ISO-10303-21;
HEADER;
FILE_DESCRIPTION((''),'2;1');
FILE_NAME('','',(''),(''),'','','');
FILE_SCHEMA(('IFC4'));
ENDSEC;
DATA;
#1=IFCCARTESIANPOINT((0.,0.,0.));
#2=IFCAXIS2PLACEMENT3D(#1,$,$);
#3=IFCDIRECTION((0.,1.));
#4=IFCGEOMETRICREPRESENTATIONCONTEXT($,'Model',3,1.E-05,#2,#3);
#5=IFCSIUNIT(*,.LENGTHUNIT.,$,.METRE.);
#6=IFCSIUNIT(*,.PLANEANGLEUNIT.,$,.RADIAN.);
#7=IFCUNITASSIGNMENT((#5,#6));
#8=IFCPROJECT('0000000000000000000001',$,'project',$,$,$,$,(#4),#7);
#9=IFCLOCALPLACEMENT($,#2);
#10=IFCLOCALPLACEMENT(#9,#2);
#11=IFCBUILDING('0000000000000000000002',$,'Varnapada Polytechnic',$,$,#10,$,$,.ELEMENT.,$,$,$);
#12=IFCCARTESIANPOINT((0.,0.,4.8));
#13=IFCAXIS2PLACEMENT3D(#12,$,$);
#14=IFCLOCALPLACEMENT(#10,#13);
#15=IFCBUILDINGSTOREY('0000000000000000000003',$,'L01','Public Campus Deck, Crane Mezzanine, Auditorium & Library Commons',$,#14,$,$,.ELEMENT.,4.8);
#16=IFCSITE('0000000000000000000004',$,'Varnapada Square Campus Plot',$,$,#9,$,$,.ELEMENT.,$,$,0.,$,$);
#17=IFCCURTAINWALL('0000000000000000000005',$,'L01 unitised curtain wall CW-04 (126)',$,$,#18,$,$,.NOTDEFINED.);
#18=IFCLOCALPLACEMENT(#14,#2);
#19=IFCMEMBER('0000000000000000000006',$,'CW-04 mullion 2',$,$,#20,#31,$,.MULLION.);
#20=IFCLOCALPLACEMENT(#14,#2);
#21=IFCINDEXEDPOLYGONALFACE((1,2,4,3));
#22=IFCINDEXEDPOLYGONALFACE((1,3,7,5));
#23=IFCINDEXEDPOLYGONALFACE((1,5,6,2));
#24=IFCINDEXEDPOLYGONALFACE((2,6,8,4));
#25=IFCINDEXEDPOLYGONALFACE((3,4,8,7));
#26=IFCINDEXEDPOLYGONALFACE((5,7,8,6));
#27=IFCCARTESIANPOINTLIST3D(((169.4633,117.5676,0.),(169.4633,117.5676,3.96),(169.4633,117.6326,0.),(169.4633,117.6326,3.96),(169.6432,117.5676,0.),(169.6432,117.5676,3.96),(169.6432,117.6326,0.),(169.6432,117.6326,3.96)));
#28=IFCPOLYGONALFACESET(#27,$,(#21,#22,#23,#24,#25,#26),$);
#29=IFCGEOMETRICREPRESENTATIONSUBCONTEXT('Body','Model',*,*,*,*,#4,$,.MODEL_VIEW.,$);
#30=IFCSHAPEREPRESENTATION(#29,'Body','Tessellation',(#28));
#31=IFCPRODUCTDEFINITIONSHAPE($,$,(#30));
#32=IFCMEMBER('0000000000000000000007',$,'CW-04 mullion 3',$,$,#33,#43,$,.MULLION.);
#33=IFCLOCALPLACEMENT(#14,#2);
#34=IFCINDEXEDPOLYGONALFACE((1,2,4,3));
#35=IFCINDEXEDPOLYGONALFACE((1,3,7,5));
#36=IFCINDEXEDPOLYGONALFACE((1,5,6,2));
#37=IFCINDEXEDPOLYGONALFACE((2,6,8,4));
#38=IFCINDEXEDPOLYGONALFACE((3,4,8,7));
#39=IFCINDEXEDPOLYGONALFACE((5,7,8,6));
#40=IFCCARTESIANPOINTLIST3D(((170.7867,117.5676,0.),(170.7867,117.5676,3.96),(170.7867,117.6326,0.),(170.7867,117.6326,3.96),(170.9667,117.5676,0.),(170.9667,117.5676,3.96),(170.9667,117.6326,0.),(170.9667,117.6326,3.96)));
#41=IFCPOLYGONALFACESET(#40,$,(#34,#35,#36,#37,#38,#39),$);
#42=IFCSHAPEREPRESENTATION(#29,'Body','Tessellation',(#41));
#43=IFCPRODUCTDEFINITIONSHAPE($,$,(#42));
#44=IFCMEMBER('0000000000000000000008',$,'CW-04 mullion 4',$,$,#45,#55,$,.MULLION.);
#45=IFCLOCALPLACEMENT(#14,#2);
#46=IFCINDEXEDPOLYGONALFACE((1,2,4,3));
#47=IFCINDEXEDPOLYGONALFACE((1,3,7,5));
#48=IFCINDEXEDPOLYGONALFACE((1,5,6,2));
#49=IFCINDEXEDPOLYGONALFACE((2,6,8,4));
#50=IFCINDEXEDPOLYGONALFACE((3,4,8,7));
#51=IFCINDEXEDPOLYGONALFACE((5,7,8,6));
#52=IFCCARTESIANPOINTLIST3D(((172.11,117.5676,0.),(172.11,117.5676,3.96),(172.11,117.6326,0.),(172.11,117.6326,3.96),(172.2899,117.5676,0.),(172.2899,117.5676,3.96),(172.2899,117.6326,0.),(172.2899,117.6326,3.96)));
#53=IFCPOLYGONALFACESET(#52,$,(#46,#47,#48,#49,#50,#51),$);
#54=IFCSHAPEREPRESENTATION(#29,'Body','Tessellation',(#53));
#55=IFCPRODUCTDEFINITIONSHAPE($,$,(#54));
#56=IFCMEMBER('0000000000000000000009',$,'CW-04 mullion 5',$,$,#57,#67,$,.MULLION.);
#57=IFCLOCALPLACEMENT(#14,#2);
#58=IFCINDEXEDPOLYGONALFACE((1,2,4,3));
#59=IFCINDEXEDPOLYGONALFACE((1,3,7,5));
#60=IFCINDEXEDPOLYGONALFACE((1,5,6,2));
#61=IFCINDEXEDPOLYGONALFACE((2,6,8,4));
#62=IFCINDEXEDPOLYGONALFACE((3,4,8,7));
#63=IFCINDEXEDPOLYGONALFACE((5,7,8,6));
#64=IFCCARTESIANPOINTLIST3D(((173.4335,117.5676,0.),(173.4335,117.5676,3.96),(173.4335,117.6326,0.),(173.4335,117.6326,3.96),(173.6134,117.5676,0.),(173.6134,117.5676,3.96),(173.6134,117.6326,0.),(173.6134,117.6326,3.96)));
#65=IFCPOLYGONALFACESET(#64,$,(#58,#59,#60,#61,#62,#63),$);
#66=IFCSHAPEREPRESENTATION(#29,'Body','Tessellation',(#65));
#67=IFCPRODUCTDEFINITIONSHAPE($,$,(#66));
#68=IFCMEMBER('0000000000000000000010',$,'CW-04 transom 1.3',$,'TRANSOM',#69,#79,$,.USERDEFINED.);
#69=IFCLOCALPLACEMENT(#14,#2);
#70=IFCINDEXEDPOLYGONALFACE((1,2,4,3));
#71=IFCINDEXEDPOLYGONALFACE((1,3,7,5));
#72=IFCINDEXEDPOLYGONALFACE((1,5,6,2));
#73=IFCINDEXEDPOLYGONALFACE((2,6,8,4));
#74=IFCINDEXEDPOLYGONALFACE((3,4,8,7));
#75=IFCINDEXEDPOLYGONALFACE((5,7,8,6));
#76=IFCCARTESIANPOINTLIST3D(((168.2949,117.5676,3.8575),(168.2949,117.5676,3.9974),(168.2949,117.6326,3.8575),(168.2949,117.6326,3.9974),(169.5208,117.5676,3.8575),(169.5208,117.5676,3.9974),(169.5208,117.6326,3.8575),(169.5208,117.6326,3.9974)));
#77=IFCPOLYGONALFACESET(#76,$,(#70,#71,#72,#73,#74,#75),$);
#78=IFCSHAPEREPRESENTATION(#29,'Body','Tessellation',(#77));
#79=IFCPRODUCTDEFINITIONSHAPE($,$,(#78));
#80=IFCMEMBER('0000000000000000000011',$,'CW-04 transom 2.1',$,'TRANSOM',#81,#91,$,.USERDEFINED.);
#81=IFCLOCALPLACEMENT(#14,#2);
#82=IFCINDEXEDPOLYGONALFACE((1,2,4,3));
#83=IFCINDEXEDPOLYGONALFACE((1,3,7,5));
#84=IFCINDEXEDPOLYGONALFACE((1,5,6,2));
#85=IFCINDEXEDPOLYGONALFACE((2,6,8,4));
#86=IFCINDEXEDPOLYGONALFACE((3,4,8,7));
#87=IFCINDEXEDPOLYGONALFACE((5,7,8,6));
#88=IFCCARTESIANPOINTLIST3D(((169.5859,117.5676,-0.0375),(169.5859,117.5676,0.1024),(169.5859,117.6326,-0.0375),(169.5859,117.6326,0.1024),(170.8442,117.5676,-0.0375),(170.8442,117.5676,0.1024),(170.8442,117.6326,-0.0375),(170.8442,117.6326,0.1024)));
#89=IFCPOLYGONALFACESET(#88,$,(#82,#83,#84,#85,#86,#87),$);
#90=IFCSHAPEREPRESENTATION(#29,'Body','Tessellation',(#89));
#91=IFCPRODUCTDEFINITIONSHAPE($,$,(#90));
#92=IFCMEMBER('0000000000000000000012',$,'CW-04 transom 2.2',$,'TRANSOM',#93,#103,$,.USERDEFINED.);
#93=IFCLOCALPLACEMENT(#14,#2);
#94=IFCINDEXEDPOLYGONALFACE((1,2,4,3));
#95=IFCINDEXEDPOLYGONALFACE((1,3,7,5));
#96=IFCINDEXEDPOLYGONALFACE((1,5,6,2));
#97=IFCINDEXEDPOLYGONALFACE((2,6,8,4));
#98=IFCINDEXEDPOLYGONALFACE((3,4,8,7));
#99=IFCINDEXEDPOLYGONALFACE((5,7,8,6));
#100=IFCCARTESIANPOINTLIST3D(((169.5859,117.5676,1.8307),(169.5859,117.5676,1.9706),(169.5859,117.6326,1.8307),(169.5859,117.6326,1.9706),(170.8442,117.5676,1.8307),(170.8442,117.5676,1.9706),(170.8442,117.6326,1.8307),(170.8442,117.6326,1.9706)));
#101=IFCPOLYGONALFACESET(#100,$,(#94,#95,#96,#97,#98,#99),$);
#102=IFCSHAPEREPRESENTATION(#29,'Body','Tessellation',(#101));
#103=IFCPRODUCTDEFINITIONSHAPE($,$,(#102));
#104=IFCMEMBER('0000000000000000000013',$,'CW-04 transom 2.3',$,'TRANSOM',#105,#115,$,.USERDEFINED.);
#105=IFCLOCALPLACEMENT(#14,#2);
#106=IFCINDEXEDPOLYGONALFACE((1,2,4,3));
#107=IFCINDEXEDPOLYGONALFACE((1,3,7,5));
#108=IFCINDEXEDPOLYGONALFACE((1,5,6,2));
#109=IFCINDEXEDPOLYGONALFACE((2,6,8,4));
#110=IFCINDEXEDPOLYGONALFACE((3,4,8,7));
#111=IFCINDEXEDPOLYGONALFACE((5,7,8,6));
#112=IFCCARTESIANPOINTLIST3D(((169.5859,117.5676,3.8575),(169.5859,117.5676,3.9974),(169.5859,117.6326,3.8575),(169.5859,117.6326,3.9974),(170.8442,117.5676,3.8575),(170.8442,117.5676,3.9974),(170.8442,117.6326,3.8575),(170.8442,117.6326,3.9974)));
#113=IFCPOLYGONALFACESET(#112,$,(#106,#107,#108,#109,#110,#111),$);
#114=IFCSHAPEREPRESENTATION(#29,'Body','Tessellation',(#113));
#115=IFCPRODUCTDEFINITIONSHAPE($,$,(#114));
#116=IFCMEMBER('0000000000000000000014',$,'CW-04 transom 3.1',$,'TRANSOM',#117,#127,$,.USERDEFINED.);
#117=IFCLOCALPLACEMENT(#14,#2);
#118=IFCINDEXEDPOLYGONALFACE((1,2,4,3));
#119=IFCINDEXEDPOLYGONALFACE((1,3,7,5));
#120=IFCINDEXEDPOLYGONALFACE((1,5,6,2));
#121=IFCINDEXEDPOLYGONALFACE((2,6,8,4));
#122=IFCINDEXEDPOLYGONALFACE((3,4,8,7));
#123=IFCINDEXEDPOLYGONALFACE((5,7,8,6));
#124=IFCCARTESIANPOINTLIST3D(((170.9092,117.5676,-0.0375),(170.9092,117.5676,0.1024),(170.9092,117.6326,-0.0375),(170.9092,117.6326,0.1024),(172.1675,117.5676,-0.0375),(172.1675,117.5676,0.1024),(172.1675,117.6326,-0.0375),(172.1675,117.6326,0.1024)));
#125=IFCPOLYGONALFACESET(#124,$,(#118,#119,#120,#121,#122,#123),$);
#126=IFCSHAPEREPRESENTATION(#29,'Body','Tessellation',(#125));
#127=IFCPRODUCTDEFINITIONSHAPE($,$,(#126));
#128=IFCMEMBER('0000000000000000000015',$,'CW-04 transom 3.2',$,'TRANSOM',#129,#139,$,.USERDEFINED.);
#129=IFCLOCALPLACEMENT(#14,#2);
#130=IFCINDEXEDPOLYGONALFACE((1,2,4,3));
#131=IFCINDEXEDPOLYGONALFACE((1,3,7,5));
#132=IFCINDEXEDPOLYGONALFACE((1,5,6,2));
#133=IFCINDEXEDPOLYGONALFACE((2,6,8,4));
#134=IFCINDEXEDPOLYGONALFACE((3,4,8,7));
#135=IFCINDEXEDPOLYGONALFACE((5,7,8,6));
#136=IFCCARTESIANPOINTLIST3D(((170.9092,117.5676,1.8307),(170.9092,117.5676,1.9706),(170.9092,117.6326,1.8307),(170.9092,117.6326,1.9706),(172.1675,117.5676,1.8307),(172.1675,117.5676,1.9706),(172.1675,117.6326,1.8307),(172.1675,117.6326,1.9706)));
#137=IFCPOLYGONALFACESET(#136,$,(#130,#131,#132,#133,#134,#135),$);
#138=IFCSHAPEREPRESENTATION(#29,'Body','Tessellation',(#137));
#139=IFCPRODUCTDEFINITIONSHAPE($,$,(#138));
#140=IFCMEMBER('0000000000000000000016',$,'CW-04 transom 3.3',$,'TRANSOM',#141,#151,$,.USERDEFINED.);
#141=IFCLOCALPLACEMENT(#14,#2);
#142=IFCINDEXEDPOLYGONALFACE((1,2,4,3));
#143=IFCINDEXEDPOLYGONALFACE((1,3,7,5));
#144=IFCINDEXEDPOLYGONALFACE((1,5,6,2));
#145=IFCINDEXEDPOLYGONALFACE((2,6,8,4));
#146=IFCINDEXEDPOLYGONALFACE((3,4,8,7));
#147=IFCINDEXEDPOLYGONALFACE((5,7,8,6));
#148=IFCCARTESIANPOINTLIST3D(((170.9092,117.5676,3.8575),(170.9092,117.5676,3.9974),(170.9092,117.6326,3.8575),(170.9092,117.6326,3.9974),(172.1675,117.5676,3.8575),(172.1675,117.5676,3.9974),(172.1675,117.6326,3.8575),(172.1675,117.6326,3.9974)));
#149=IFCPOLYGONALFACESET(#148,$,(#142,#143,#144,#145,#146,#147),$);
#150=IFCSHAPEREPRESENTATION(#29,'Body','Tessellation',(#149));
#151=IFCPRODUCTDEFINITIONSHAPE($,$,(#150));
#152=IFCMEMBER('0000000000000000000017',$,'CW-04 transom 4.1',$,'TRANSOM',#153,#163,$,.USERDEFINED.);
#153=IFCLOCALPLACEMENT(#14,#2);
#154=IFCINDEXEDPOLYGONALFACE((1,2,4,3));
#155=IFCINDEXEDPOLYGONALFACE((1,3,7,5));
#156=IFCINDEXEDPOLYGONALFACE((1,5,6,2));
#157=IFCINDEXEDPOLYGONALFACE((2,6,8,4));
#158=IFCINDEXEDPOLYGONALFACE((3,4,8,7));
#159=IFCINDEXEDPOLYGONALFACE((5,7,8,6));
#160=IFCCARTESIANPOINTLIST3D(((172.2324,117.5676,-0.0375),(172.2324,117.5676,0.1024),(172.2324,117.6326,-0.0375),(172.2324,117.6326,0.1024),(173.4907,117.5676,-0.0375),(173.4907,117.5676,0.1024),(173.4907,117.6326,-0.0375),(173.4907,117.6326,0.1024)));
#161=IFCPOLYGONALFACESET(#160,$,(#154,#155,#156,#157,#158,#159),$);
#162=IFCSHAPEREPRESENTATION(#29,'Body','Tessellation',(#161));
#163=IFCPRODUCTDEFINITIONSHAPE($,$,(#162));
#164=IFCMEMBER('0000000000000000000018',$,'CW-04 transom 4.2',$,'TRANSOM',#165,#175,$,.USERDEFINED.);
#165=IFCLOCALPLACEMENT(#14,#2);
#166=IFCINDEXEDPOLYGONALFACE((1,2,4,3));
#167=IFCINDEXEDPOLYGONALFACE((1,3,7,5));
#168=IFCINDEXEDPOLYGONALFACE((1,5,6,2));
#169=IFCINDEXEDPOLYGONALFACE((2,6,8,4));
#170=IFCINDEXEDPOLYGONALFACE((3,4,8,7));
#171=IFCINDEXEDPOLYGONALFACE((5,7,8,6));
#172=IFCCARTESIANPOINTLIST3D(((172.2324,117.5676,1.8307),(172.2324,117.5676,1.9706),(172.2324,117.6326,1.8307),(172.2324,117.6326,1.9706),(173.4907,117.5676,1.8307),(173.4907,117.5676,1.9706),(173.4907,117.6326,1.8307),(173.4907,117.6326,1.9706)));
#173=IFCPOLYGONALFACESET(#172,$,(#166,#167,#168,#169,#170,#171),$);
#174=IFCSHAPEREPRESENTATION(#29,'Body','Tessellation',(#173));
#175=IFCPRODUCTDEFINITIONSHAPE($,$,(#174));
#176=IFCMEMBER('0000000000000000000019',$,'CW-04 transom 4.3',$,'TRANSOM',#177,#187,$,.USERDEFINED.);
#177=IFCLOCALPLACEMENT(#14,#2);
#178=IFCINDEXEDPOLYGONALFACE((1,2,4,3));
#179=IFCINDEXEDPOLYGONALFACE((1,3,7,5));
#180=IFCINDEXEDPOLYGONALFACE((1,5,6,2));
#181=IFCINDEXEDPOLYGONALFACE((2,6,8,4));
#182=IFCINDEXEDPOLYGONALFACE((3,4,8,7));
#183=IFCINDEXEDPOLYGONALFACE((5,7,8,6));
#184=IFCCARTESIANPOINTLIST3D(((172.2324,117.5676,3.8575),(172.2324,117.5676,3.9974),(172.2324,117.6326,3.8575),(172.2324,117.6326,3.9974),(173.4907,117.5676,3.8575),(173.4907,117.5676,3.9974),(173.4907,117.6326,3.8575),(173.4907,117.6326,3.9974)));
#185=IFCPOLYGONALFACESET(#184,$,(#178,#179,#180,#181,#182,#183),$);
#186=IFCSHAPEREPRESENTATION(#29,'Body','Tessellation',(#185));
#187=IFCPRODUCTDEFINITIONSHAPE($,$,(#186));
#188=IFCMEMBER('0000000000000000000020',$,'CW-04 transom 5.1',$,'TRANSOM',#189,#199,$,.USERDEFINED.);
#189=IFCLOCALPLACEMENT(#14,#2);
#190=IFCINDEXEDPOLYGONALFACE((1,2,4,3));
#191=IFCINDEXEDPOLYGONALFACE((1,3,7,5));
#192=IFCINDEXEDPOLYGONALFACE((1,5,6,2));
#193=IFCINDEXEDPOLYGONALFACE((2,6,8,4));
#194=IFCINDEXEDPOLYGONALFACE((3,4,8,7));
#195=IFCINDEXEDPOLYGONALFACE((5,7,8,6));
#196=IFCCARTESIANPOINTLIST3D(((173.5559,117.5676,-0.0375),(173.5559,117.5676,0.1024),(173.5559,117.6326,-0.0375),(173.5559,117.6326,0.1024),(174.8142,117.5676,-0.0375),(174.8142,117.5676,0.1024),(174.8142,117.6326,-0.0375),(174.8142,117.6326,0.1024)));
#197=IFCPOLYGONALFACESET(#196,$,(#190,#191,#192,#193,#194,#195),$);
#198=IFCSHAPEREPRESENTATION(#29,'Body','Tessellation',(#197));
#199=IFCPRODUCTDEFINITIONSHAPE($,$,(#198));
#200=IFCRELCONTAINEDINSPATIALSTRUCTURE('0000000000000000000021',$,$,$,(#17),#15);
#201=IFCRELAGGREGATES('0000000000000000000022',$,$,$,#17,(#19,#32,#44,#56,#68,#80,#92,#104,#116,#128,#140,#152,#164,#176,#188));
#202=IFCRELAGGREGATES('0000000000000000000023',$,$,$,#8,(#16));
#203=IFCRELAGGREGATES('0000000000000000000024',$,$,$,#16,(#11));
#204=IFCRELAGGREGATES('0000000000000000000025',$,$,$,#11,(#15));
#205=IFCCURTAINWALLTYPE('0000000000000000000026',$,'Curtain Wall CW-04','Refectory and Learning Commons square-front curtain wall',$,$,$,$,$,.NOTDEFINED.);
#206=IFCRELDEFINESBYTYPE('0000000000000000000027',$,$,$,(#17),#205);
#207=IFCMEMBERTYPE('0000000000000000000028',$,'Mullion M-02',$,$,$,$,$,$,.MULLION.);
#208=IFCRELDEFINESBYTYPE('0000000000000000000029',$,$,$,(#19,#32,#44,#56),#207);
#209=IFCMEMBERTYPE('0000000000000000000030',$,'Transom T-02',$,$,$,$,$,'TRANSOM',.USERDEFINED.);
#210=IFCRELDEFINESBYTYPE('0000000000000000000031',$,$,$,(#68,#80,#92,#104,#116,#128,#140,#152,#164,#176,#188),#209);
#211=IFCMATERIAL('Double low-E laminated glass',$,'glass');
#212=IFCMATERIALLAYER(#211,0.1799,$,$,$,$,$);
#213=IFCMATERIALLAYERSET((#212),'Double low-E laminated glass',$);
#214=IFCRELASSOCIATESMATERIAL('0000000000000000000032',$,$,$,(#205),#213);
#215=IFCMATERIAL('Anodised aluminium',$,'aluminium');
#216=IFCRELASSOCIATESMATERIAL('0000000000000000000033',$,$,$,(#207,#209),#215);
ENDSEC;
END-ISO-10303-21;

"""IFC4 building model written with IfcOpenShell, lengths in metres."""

from ifc_helpers import new_model, si_unit, direction, frame, origin, origin_2d, place, context, subcontext, project, spatial, rectangle, extrude, material, layer, layer_set, material_profile, profile_set, type_object, element, aggregate, save


model = new_model("IFC4")

# Units and contexts
model_context = context("Model", 3, precision=1e-05, world=origin(), true_north=direction((0.0, 1.0)))
body_context = subcontext(model_context, "Body", "Model", "MODEL_VIEW")
ifc_project = project(units=[si_unit("LENGTHUNIT", "METRE"), si_unit("PLANEANGLEUNIT", "RADIAN")], contexts=[model_context])

# Site, building, storey
site_placement = place(None, origin())
site = spatial("IfcSite", under=ifc_project, at=site_placement, Name="Varnapada Square Campus Plot", CompositionType="ELEMENT", RefElevation=0.0)
building_placement = place(site_placement, origin())
building = spatial("IfcBuilding", under=site, at=building_placement, Name="Varnapada Polytechnic", CompositionType="ELEMENT")
storey_placement = place(building_placement, frame((0.0, 0.0, 4.8)))
storey = spatial("IfcBuildingStorey", under=building, at=storey_placement, Name="L01", Description="Public Campus Deck, Crane Mezzanine, Auditorium & Library Commons", CompositionType="ELEMENT", Elevation=4.8)

# Curtain wall, members
ifc_material_1 = material(Name="Double low-E laminated glass", Category="glass")
ifc_layer_1 = layer(ifc_material_1, 0.1799)
ifc_layer_set_1 = layer_set([ifc_layer_1], Name="Double low-E laminated glass")
curtain_wall_type = type_object("IfcCurtainWallType", Name="Curtain Wall CW-04", Description="Refectory and Learning Commons square-front curtain wall", PredefinedType="NOTDEFINED", material=ifc_layer_set_1)
curtain_wall_placement = place(storey_placement, origin())
curtain_wall = element("IfcCurtainWall", 1, at=curtain_wall_placement, inside=storey, type_object=curtain_wall_type, Name="L01 unitised curtain wall CW-04 (126)", PredefinedType="NOTDEFINED")
ifc_material_2 = material(Name="Anodised aluminium", Category="aluminium")
ifc_material_profile_1 = material_profile(ifc_material_2, rectangle(XDim=0.0649, YDim=0.1799, at=origin_2d()), Name="ALU M65x180")
ifc_profile_set_1 = profile_set([ifc_material_profile_1], Name="Anodised aluminium")
member_type_1 = type_object("IfcMemberType", Name="Mullion M-02", PredefinedType="MULLION", material=ifc_profile_set_1)
member_1_placement = place(storey_placement, frame((169.5532, 117.6001, 0.0), z_axis=(0.0, 0.0, 1.0), x_axis=(0.0, 1.0, 0.0)))
member_1 = element("IfcMember", 2, at=member_1_placement, type_object=member_type_1, Name="CW-04 mullion 2", PredefinedType="MULLION", context=body_context, shape_type="SweptSolid", body=[
    extrude(rectangle(XDim=0.0649, YDim=0.1799, at=origin_2d()), origin(), (0.0, 0.0, 1.0), 3.96),
])
member_2_placement = place(storey_placement, frame((170.8767, 117.6001, 0.0), z_axis=(0.0, 0.0, 1.0), x_axis=(0.0, 1.0, 0.0)))
member_2 = element("IfcMember", 3, at=member_2_placement, type_object=member_type_1, Name="CW-04 mullion 3", PredefinedType="MULLION", context=body_context, shape_type="SweptSolid", body=[
    extrude(rectangle(XDim=0.0649, YDim=0.1799, at=origin_2d()), origin(), (0.0, 0.0, 1.0), 3.96),
])
member_3_placement = place(storey_placement, frame((172.2, 117.6001, 0.0), z_axis=(0.0, 0.0, 1.0), x_axis=(0.0, 1.0, 0.0)))
member_3 = element("IfcMember", 4, at=member_3_placement, type_object=member_type_1, Name="CW-04 mullion 4", PredefinedType="MULLION", context=body_context, shape_type="SweptSolid", body=[
    extrude(rectangle(XDim=0.0649, YDim=0.1799, at=origin_2d()), origin(), (0.0, 0.0, 1.0), 3.96),
])
member_4_placement = place(storey_placement, frame((173.5234, 117.6001, 0.0), z_axis=(0.0, 0.0, 1.0), x_axis=(0.0, 1.0, 0.0)))
member_4 = element("IfcMember", 5, at=member_4_placement, type_object=member_type_1, Name="CW-04 mullion 5", PredefinedType="MULLION", context=body_context, shape_type="SweptSolid", body=[
    extrude(rectangle(XDim=0.0649, YDim=0.1799, at=origin_2d()), origin(), (0.0, 0.0, 1.0), 3.96),
])
ifc_material_profile_2 = material_profile(ifc_material_2, rectangle(XDim=0.0649, YDim=0.1399, at=origin_2d()), Name="ALU T65x140")
ifc_profile_set_2 = profile_set([ifc_material_profile_2], Name="Anodised aluminium")
member_type_2 = type_object("IfcMemberType", Name="Transom T-02", ElementType="TRANSOM", PredefinedType="USERDEFINED", material=ifc_profile_set_2)
member_5_placement = place(storey_placement, frame((168.2949, 117.6001, 3.9275), z_axis=(1.0, 0.0, 0.0), x_axis=(0.0, 1.0, 0.0)))
member_5 = element("IfcMember", 6, at=member_5_placement, type_object=member_type_2, Name="CW-04 transom 1.3", ObjectType="TRANSOM", PredefinedType="USERDEFINED", context=body_context, shape_type="SweptSolid", body=[
    extrude(rectangle(XDim=0.0649, YDim=0.1399, at=origin_2d()), origin(), (0.0, 0.0, 1.0), 1.2258),
])
member_6_placement = place(storey_placement, frame((169.5859, 117.6001, 0.0325), z_axis=(1.0, 0.0, 0.0), x_axis=(0.0, 1.0, 0.0)))
member_6 = element("IfcMember", 7, at=member_6_placement, type_object=member_type_2, Name="CW-04 transom 2.1", ObjectType="TRANSOM", PredefinedType="USERDEFINED", context=body_context, shape_type="SweptSolid", body=[
    extrude(rectangle(XDim=0.0649, YDim=0.1399, at=origin_2d()), origin(), (0.0, 0.0, 1.0), 1.2583),
])
member_7_placement = place(storey_placement, frame((169.5859, 117.6001, 1.9006), z_axis=(1.0, 0.0, 0.0), x_axis=(0.0, 1.0, 0.0)))
member_7 = element("IfcMember", 8, at=member_7_placement, type_object=member_type_2, Name="CW-04 transom 2.2", ObjectType="TRANSOM", PredefinedType="USERDEFINED", context=body_context, shape_type="SweptSolid", body=[
    extrude(rectangle(XDim=0.0649, YDim=0.1399, at=origin_2d()), origin(), (0.0, 0.0, 1.0), 1.2583),
])
member_8_placement = place(storey_placement, frame((169.5859, 117.6001, 3.9275), z_axis=(1.0, 0.0, 0.0), x_axis=(0.0, 1.0, 0.0)))
member_8 = element("IfcMember", 9, at=member_8_placement, type_object=member_type_2, Name="CW-04 transom 2.3", ObjectType="TRANSOM", PredefinedType="USERDEFINED", context=body_context, shape_type="SweptSolid", body=[
    extrude(rectangle(XDim=0.0649, YDim=0.1399, at=origin_2d()), origin(), (0.0, 0.0, 1.0), 1.2583),
])
member_9_placement = place(storey_placement, frame((170.9092, 117.6001, 0.0325), z_axis=(1.0, 0.0, 0.0), x_axis=(0.0, 1.0, 0.0)))
member_9 = element("IfcMember", 10, at=member_9_placement, type_object=member_type_2, Name="CW-04 transom 3.1", ObjectType="TRANSOM", PredefinedType="USERDEFINED", context=body_context, shape_type="SweptSolid", body=[
    extrude(rectangle(XDim=0.0649, YDim=0.1399, at=origin_2d()), origin(), (0.0, 0.0, 1.0), 1.2583),
])
member_10_placement = place(storey_placement, frame((170.9092, 117.6001, 1.9006), z_axis=(1.0, 0.0, 0.0), x_axis=(0.0, 1.0, 0.0)))
member_10 = element("IfcMember", 11, at=member_10_placement, type_object=member_type_2, Name="CW-04 transom 3.2", ObjectType="TRANSOM", PredefinedType="USERDEFINED", context=body_context, shape_type="SweptSolid", body=[
    extrude(rectangle(XDim=0.0649, YDim=0.1399, at=origin_2d()), origin(), (0.0, 0.0, 1.0), 1.2583),
])
member_11_placement = place(storey_placement, frame((170.9092, 117.6001, 3.9275), z_axis=(1.0, 0.0, 0.0), x_axis=(0.0, 1.0, 0.0)))
member_11 = element("IfcMember", 12, at=member_11_placement, type_object=member_type_2, Name="CW-04 transom 3.3", ObjectType="TRANSOM", PredefinedType="USERDEFINED", context=body_context, shape_type="SweptSolid", body=[
    extrude(rectangle(XDim=0.0649, YDim=0.1399, at=origin_2d()), origin(), (0.0, 0.0, 1.0), 1.2583),
])
member_12_placement = place(storey_placement, frame((172.2324, 117.6001, 0.0325), z_axis=(1.0, 0.0, 0.0), x_axis=(0.0, 1.0, 0.0)))
member_12 = element("IfcMember", 13, at=member_12_placement, type_object=member_type_2, Name="CW-04 transom 4.1", ObjectType="TRANSOM", PredefinedType="USERDEFINED", context=body_context, shape_type="SweptSolid", body=[
    extrude(rectangle(XDim=0.0649, YDim=0.1399, at=origin_2d()), origin(), (0.0, 0.0, 1.0), 1.2583),
])
member_13_placement = place(storey_placement, frame((172.2324, 117.6001, 1.9006), z_axis=(1.0, 0.0, 0.0), x_axis=(0.0, 1.0, 0.0)))
member_13 = element("IfcMember", 14, at=member_13_placement, type_object=member_type_2, Name="CW-04 transom 4.2", ObjectType="TRANSOM", PredefinedType="USERDEFINED", context=body_context, shape_type="SweptSolid", body=[
    extrude(rectangle(XDim=0.0649, YDim=0.1399, at=origin_2d()), origin(), (0.0, 0.0, 1.0), 1.2583),
])
member_14_placement = place(storey_placement, frame((172.2324, 117.6001, 3.9275), z_axis=(1.0, 0.0, 0.0), x_axis=(0.0, 1.0, 0.0)))
member_14 = element("IfcMember", 15, at=member_14_placement, type_object=member_type_2, Name="CW-04 transom 4.3", ObjectType="TRANSOM", PredefinedType="USERDEFINED", context=body_context, shape_type="SweptSolid", body=[
    extrude(rectangle(XDim=0.0649, YDim=0.1399, at=origin_2d()), origin(), (0.0, 0.0, 1.0), 1.2583),
])
member_15_placement = place(storey_placement, frame((173.5559, 117.6001, 0.0325), z_axis=(1.0, 0.0, 0.0), x_axis=(0.0, 1.0, 0.0)))
member_15 = element("IfcMember", 16, at=member_15_placement, type_object=member_type_2, Name="CW-04 transom 5.1", ObjectType="TRANSOM", PredefinedType="USERDEFINED", context=body_context, shape_type="SweptSolid", body=[
    extrude(rectangle(XDim=0.0649, YDim=0.1399, at=origin_2d()), origin(), (0.0, 0.0, 1.0), 1.2583),
])
aggregate(curtain_wall, [member_1, member_2, member_3, member_4, member_5, member_6, member_7, member_8, member_9, member_10, member_11, member_12, member_13, member_14, member_15])

save(model, "model.ifc")
